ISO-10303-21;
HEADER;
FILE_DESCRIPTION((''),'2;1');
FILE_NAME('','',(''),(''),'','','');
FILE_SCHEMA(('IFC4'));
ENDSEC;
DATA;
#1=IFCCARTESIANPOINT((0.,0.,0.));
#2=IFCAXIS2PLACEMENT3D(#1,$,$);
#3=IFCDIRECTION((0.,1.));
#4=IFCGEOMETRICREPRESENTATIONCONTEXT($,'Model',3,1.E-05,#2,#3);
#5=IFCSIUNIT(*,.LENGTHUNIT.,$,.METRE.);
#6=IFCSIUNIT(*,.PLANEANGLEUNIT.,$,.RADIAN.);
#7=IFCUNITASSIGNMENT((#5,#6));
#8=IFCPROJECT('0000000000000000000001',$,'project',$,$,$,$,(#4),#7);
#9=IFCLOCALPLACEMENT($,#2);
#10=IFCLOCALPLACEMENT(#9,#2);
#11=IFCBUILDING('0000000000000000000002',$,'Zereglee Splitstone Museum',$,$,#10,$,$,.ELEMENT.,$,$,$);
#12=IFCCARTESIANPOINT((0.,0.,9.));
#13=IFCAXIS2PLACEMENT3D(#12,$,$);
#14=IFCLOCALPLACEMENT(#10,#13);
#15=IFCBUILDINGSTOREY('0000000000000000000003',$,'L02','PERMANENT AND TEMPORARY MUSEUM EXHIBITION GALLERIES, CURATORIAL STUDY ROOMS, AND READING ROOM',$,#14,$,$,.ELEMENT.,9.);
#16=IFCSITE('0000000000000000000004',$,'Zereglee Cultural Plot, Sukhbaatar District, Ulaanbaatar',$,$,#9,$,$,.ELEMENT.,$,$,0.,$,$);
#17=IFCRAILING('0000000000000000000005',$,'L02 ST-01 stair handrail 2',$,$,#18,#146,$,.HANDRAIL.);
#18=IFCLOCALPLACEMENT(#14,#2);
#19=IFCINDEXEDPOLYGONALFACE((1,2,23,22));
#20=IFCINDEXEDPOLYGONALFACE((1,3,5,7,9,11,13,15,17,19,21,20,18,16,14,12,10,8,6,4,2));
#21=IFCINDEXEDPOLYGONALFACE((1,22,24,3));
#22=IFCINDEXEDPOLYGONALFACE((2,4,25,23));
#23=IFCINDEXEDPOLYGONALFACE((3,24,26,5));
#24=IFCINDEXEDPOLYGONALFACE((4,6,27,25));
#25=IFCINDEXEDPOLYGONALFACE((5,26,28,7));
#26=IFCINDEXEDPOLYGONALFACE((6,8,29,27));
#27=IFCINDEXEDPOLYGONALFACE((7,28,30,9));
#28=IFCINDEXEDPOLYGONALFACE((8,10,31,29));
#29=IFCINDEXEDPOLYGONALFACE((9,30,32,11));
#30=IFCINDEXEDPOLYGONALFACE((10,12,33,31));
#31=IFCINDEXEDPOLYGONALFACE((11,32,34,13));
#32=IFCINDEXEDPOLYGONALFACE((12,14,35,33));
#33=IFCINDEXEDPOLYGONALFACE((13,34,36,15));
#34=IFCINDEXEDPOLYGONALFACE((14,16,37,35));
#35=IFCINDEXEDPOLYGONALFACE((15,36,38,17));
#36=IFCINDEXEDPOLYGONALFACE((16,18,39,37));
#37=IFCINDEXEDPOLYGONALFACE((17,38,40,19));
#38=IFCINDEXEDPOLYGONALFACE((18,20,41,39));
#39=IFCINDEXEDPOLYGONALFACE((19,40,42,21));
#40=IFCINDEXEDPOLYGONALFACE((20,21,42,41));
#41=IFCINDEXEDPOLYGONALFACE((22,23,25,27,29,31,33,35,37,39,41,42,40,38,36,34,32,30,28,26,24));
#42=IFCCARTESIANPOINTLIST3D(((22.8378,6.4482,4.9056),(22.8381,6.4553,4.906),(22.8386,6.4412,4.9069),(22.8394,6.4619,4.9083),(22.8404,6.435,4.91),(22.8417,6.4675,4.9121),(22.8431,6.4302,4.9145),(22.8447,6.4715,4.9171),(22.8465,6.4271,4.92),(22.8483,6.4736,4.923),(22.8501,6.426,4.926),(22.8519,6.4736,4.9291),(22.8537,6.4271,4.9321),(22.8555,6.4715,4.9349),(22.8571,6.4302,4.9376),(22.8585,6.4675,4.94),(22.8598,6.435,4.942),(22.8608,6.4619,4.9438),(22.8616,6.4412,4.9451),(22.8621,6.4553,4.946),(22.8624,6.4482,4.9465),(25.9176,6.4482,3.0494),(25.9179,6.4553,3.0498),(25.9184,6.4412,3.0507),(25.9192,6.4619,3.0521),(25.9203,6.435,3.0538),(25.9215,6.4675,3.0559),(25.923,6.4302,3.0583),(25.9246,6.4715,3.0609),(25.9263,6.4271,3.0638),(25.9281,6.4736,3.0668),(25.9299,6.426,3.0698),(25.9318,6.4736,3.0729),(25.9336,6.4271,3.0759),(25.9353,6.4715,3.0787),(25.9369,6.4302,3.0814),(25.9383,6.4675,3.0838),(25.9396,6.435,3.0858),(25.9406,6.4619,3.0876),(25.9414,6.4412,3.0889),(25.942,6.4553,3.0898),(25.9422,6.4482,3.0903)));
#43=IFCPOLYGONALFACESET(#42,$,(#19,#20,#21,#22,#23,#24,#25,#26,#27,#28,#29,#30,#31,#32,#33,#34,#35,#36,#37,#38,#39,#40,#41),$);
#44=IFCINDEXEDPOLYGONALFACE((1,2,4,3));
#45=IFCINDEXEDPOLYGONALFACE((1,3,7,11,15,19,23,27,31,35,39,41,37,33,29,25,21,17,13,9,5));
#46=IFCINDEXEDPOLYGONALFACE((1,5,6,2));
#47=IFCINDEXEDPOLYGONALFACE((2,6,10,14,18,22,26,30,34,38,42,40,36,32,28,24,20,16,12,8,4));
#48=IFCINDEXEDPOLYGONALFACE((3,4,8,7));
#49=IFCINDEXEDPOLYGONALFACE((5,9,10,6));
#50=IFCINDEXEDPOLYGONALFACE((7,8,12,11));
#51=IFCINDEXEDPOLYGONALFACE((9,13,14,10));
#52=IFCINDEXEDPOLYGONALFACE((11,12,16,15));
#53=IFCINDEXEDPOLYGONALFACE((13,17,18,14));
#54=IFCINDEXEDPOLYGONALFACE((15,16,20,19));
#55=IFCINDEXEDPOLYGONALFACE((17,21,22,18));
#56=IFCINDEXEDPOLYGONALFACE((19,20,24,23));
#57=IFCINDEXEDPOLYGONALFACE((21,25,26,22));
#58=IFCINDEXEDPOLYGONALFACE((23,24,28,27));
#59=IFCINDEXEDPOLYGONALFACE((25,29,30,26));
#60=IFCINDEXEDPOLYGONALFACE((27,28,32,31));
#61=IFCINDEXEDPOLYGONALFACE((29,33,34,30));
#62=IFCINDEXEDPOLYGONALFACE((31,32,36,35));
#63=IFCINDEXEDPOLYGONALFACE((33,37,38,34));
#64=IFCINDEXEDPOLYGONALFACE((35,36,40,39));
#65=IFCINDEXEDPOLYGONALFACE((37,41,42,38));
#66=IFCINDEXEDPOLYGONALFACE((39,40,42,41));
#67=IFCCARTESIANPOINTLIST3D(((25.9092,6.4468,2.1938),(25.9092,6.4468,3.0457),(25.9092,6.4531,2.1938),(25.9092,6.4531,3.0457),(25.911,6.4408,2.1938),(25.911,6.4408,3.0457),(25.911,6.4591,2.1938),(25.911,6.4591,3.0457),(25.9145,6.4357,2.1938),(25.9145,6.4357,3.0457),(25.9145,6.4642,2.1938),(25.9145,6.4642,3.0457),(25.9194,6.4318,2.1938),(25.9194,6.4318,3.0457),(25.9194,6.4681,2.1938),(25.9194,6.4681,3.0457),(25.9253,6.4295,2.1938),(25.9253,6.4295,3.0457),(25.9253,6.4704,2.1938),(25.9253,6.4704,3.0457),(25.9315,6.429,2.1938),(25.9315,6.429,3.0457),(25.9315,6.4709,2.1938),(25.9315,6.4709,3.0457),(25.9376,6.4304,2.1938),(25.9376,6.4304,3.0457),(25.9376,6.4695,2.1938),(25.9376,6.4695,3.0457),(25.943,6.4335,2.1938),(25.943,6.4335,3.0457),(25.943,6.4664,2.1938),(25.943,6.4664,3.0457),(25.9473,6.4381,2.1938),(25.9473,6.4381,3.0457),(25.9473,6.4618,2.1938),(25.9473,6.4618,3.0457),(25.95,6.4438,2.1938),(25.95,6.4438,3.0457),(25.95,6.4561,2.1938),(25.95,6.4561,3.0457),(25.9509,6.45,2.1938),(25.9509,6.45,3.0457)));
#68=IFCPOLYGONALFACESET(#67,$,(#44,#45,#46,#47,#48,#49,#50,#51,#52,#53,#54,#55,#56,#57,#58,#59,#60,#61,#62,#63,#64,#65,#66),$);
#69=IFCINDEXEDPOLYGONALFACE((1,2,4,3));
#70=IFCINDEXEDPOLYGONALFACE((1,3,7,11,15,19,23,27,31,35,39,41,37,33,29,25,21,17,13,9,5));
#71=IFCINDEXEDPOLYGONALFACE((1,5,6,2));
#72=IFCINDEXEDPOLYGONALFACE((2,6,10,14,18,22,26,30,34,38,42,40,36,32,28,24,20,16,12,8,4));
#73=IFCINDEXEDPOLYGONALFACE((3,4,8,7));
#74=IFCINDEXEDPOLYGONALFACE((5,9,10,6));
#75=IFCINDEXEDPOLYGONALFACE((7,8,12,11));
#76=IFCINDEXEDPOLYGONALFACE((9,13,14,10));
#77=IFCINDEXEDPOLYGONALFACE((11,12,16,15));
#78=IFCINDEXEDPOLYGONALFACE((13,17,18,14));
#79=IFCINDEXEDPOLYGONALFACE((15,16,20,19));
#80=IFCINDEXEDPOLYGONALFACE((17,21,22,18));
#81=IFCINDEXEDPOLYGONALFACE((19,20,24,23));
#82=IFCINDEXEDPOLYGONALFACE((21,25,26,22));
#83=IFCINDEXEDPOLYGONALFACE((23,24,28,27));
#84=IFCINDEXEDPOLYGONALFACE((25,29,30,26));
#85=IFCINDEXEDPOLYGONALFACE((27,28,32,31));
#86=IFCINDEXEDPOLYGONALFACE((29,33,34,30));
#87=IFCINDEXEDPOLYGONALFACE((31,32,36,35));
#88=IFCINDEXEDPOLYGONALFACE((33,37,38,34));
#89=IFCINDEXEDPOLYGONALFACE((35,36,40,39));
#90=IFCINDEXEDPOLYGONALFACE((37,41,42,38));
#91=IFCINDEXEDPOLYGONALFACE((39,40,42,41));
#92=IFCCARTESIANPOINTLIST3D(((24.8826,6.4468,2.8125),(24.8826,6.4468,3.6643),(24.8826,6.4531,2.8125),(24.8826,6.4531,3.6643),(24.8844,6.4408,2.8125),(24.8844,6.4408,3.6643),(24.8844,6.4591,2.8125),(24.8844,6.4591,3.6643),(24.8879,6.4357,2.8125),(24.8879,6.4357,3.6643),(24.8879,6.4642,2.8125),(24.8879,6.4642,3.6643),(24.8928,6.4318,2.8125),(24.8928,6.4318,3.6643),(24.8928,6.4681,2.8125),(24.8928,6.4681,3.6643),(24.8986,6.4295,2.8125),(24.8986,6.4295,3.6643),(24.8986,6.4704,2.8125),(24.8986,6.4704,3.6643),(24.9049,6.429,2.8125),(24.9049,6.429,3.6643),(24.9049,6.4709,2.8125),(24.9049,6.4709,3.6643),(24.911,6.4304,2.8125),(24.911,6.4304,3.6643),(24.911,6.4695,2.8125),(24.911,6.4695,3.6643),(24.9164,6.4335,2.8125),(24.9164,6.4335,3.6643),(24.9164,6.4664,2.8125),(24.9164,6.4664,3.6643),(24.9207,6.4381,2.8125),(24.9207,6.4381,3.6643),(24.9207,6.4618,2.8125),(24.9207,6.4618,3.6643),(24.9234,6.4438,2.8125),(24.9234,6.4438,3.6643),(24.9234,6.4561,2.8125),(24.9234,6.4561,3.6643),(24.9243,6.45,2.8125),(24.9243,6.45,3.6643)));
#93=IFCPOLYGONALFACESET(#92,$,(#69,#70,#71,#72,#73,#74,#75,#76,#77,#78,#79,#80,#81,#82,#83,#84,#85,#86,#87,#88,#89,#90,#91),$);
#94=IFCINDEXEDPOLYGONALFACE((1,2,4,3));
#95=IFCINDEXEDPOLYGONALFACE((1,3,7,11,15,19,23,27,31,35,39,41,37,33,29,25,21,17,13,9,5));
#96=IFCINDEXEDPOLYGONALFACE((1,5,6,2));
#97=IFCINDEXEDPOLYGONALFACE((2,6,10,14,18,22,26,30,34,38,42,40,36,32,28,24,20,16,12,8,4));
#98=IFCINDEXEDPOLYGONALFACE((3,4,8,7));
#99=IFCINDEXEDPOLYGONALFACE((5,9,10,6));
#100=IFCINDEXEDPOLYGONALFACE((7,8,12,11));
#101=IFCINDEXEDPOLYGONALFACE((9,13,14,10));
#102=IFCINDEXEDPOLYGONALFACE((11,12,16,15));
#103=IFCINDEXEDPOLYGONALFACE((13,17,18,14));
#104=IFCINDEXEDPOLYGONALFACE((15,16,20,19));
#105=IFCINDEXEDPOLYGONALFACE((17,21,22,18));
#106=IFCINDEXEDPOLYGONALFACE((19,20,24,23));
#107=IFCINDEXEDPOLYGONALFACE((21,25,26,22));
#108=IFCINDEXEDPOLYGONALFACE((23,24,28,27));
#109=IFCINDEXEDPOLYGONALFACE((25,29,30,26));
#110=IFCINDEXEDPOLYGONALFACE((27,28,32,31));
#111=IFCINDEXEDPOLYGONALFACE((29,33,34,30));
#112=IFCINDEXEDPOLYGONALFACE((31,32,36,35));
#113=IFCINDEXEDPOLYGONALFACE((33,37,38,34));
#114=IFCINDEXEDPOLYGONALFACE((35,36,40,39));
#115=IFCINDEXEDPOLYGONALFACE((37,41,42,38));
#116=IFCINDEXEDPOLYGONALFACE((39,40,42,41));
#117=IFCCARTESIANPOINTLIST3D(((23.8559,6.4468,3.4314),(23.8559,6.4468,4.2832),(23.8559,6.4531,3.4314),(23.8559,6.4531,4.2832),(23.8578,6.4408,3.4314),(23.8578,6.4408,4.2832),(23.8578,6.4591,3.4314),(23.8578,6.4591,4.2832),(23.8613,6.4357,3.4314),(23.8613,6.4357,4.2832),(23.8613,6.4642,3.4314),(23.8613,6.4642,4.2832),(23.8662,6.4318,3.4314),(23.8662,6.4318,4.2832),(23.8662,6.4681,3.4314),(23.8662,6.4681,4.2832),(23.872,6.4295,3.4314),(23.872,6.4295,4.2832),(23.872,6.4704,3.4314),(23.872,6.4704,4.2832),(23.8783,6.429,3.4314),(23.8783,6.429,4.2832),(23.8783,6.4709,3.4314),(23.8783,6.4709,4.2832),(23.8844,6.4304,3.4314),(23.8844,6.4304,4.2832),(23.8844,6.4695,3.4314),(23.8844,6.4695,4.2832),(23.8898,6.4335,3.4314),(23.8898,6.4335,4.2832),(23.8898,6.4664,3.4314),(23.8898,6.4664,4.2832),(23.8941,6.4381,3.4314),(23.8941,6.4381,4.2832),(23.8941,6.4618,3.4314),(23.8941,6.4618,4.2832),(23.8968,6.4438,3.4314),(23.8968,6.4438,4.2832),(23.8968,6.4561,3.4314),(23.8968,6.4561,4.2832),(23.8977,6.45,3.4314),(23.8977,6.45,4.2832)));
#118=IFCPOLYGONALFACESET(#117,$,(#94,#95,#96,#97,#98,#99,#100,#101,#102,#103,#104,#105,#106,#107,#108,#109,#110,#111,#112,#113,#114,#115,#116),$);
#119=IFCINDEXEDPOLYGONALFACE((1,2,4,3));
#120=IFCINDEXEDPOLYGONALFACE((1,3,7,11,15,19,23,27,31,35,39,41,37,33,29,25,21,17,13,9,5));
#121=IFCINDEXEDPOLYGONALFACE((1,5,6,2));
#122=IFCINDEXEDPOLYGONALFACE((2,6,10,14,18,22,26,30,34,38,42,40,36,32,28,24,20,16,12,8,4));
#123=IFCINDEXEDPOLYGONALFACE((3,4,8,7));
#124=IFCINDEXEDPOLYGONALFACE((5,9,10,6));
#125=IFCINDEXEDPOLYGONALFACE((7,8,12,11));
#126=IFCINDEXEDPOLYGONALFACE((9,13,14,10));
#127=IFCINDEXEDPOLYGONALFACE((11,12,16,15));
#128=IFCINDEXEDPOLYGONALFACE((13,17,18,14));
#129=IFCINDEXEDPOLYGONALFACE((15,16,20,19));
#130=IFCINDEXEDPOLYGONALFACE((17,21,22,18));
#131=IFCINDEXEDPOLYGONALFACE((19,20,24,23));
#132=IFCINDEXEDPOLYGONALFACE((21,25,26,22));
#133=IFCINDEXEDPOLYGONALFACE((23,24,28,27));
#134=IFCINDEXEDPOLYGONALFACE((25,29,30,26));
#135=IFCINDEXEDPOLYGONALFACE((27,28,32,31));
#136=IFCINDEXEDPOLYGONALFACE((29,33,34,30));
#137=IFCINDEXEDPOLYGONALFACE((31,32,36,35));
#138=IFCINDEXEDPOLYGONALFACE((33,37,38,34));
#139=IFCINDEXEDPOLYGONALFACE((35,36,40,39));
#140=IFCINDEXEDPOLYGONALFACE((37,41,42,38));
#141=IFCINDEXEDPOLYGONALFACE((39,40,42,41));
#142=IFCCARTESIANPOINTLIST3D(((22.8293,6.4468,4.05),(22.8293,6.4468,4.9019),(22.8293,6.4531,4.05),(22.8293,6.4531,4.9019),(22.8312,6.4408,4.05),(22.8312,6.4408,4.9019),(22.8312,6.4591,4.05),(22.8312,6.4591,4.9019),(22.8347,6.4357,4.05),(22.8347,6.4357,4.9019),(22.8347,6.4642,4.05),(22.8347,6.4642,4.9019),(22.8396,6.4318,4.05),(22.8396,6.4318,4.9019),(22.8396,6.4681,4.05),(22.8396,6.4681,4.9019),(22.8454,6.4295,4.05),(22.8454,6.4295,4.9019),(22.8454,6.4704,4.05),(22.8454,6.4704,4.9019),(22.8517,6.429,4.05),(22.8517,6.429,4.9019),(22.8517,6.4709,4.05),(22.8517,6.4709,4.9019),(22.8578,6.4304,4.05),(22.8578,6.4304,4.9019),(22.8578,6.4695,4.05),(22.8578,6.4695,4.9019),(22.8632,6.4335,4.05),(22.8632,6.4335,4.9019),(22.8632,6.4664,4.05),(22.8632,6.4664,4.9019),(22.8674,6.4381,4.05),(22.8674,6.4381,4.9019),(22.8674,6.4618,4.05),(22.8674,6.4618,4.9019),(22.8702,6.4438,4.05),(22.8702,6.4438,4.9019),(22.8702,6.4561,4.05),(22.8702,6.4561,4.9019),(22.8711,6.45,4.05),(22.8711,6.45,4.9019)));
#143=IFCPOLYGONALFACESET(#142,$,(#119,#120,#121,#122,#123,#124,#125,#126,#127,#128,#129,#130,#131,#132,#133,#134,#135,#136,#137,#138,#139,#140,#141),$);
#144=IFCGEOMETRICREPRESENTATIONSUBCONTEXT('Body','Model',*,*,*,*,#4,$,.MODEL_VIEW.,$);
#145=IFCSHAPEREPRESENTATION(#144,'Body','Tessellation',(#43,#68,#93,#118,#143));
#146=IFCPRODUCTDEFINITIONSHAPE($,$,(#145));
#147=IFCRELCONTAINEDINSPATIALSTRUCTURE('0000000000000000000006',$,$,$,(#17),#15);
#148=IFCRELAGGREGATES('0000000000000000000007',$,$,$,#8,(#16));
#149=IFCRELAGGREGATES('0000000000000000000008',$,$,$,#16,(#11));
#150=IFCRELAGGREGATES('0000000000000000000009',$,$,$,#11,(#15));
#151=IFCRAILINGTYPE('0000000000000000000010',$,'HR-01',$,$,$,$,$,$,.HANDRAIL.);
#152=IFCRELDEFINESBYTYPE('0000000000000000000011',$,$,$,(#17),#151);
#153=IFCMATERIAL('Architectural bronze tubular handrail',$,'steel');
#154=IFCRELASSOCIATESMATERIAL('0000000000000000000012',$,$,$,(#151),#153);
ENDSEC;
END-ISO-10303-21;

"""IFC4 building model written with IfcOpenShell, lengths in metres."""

from ifc_helpers import new_model, si_unit, direction, frame, origin, origin_2d, place, context, subcontext, project, spatial, circle, extrude, material, type_object, element, save


model = new_model("IFC4")

# Units and contexts
model_context = context("Model", 3, precision=1e-05, world=origin(), true_north=direction((0.0, 1.0)))
body_context = subcontext(model_context, "Body", "Model", "MODEL_VIEW")
ifc_project = project(units=[si_unit("LENGTHUNIT", "METRE"), si_unit("PLANEANGLEUNIT", "RADIAN")], contexts=[model_context])

# Site, building, storey
site_placement = place(None, origin())
site = spatial("IfcSite", under=ifc_project, at=site_placement, Name="Zereglee Cultural Plot, Sukhbaatar District, Ulaanbaatar", CompositionType="ELEMENT", RefElevation=0.0)
building_placement = place(site_placement, origin())
building = spatial("IfcBuilding", under=site, at=building_placement, Name="Zereglee Splitstone Museum", CompositionType="ELEMENT")
storey_placement = place(building_placement, frame((0.0, 0.0, 9.0)))
storey = spatial("IfcBuildingStorey", under=building, at=storey_placement, Name="L02", Description="PERMANENT AND TEMPORARY MUSEUM EXHIBITION GALLERIES, CURATORIAL STUDY ROOMS, AND READING ROOM", CompositionType="ELEMENT", Elevation=9.0)

# Railing
ifc_material_1 = material(Name="Architectural bronze tubular handrail", Category="steel")
railing_type_1 = type_object("IfcRailingType", Name="HR-01", PredefinedType="HANDRAIL", material=ifc_material_1)
railing_1_placement = place(storey_placement, frame((25.9299, 6.45, 2.1938)))
element("IfcRailing", 1, at=railing_1_placement, inside=storey, type_object=railing_type_1, Name="L02 ST-01 stair handrail 2", PredefinedType="HANDRAIL", context=body_context, shape_type="SweptSolid", body=[
    extrude(circle(Radius=0.0239, at=origin_2d()), frame((0.0, 0.0, 0.876), z_axis=(-0.856473, 0.0, 0.516192), x_axis=(0.0, -1.0, 0.0)), (0.0, 0.0, 1.0), 3.5959),
    extrude(circle(Radius=0.021, at=origin_2d()), origin(), (0.0, 0.0, 1.0), 0.8518),
    extrude(circle(Radius=0.021, at=origin_2d()), frame((-1.0266, 0.0, 0.6187)), (0.0, 0.0, 1.0), 0.8518),
    extrude(circle(Radius=0.021, at=origin_2d()), frame((-2.0532, 0.0, 1.2375)), (0.0, 0.0, 1.0), 0.8518),
    extrude(circle(Radius=0.021, at=origin_2d()), frame((-3.0798, 0.0, 1.8562)), (0.0, 0.0, 1.0), 0.8518),
])

save(model, "model.ifc")
